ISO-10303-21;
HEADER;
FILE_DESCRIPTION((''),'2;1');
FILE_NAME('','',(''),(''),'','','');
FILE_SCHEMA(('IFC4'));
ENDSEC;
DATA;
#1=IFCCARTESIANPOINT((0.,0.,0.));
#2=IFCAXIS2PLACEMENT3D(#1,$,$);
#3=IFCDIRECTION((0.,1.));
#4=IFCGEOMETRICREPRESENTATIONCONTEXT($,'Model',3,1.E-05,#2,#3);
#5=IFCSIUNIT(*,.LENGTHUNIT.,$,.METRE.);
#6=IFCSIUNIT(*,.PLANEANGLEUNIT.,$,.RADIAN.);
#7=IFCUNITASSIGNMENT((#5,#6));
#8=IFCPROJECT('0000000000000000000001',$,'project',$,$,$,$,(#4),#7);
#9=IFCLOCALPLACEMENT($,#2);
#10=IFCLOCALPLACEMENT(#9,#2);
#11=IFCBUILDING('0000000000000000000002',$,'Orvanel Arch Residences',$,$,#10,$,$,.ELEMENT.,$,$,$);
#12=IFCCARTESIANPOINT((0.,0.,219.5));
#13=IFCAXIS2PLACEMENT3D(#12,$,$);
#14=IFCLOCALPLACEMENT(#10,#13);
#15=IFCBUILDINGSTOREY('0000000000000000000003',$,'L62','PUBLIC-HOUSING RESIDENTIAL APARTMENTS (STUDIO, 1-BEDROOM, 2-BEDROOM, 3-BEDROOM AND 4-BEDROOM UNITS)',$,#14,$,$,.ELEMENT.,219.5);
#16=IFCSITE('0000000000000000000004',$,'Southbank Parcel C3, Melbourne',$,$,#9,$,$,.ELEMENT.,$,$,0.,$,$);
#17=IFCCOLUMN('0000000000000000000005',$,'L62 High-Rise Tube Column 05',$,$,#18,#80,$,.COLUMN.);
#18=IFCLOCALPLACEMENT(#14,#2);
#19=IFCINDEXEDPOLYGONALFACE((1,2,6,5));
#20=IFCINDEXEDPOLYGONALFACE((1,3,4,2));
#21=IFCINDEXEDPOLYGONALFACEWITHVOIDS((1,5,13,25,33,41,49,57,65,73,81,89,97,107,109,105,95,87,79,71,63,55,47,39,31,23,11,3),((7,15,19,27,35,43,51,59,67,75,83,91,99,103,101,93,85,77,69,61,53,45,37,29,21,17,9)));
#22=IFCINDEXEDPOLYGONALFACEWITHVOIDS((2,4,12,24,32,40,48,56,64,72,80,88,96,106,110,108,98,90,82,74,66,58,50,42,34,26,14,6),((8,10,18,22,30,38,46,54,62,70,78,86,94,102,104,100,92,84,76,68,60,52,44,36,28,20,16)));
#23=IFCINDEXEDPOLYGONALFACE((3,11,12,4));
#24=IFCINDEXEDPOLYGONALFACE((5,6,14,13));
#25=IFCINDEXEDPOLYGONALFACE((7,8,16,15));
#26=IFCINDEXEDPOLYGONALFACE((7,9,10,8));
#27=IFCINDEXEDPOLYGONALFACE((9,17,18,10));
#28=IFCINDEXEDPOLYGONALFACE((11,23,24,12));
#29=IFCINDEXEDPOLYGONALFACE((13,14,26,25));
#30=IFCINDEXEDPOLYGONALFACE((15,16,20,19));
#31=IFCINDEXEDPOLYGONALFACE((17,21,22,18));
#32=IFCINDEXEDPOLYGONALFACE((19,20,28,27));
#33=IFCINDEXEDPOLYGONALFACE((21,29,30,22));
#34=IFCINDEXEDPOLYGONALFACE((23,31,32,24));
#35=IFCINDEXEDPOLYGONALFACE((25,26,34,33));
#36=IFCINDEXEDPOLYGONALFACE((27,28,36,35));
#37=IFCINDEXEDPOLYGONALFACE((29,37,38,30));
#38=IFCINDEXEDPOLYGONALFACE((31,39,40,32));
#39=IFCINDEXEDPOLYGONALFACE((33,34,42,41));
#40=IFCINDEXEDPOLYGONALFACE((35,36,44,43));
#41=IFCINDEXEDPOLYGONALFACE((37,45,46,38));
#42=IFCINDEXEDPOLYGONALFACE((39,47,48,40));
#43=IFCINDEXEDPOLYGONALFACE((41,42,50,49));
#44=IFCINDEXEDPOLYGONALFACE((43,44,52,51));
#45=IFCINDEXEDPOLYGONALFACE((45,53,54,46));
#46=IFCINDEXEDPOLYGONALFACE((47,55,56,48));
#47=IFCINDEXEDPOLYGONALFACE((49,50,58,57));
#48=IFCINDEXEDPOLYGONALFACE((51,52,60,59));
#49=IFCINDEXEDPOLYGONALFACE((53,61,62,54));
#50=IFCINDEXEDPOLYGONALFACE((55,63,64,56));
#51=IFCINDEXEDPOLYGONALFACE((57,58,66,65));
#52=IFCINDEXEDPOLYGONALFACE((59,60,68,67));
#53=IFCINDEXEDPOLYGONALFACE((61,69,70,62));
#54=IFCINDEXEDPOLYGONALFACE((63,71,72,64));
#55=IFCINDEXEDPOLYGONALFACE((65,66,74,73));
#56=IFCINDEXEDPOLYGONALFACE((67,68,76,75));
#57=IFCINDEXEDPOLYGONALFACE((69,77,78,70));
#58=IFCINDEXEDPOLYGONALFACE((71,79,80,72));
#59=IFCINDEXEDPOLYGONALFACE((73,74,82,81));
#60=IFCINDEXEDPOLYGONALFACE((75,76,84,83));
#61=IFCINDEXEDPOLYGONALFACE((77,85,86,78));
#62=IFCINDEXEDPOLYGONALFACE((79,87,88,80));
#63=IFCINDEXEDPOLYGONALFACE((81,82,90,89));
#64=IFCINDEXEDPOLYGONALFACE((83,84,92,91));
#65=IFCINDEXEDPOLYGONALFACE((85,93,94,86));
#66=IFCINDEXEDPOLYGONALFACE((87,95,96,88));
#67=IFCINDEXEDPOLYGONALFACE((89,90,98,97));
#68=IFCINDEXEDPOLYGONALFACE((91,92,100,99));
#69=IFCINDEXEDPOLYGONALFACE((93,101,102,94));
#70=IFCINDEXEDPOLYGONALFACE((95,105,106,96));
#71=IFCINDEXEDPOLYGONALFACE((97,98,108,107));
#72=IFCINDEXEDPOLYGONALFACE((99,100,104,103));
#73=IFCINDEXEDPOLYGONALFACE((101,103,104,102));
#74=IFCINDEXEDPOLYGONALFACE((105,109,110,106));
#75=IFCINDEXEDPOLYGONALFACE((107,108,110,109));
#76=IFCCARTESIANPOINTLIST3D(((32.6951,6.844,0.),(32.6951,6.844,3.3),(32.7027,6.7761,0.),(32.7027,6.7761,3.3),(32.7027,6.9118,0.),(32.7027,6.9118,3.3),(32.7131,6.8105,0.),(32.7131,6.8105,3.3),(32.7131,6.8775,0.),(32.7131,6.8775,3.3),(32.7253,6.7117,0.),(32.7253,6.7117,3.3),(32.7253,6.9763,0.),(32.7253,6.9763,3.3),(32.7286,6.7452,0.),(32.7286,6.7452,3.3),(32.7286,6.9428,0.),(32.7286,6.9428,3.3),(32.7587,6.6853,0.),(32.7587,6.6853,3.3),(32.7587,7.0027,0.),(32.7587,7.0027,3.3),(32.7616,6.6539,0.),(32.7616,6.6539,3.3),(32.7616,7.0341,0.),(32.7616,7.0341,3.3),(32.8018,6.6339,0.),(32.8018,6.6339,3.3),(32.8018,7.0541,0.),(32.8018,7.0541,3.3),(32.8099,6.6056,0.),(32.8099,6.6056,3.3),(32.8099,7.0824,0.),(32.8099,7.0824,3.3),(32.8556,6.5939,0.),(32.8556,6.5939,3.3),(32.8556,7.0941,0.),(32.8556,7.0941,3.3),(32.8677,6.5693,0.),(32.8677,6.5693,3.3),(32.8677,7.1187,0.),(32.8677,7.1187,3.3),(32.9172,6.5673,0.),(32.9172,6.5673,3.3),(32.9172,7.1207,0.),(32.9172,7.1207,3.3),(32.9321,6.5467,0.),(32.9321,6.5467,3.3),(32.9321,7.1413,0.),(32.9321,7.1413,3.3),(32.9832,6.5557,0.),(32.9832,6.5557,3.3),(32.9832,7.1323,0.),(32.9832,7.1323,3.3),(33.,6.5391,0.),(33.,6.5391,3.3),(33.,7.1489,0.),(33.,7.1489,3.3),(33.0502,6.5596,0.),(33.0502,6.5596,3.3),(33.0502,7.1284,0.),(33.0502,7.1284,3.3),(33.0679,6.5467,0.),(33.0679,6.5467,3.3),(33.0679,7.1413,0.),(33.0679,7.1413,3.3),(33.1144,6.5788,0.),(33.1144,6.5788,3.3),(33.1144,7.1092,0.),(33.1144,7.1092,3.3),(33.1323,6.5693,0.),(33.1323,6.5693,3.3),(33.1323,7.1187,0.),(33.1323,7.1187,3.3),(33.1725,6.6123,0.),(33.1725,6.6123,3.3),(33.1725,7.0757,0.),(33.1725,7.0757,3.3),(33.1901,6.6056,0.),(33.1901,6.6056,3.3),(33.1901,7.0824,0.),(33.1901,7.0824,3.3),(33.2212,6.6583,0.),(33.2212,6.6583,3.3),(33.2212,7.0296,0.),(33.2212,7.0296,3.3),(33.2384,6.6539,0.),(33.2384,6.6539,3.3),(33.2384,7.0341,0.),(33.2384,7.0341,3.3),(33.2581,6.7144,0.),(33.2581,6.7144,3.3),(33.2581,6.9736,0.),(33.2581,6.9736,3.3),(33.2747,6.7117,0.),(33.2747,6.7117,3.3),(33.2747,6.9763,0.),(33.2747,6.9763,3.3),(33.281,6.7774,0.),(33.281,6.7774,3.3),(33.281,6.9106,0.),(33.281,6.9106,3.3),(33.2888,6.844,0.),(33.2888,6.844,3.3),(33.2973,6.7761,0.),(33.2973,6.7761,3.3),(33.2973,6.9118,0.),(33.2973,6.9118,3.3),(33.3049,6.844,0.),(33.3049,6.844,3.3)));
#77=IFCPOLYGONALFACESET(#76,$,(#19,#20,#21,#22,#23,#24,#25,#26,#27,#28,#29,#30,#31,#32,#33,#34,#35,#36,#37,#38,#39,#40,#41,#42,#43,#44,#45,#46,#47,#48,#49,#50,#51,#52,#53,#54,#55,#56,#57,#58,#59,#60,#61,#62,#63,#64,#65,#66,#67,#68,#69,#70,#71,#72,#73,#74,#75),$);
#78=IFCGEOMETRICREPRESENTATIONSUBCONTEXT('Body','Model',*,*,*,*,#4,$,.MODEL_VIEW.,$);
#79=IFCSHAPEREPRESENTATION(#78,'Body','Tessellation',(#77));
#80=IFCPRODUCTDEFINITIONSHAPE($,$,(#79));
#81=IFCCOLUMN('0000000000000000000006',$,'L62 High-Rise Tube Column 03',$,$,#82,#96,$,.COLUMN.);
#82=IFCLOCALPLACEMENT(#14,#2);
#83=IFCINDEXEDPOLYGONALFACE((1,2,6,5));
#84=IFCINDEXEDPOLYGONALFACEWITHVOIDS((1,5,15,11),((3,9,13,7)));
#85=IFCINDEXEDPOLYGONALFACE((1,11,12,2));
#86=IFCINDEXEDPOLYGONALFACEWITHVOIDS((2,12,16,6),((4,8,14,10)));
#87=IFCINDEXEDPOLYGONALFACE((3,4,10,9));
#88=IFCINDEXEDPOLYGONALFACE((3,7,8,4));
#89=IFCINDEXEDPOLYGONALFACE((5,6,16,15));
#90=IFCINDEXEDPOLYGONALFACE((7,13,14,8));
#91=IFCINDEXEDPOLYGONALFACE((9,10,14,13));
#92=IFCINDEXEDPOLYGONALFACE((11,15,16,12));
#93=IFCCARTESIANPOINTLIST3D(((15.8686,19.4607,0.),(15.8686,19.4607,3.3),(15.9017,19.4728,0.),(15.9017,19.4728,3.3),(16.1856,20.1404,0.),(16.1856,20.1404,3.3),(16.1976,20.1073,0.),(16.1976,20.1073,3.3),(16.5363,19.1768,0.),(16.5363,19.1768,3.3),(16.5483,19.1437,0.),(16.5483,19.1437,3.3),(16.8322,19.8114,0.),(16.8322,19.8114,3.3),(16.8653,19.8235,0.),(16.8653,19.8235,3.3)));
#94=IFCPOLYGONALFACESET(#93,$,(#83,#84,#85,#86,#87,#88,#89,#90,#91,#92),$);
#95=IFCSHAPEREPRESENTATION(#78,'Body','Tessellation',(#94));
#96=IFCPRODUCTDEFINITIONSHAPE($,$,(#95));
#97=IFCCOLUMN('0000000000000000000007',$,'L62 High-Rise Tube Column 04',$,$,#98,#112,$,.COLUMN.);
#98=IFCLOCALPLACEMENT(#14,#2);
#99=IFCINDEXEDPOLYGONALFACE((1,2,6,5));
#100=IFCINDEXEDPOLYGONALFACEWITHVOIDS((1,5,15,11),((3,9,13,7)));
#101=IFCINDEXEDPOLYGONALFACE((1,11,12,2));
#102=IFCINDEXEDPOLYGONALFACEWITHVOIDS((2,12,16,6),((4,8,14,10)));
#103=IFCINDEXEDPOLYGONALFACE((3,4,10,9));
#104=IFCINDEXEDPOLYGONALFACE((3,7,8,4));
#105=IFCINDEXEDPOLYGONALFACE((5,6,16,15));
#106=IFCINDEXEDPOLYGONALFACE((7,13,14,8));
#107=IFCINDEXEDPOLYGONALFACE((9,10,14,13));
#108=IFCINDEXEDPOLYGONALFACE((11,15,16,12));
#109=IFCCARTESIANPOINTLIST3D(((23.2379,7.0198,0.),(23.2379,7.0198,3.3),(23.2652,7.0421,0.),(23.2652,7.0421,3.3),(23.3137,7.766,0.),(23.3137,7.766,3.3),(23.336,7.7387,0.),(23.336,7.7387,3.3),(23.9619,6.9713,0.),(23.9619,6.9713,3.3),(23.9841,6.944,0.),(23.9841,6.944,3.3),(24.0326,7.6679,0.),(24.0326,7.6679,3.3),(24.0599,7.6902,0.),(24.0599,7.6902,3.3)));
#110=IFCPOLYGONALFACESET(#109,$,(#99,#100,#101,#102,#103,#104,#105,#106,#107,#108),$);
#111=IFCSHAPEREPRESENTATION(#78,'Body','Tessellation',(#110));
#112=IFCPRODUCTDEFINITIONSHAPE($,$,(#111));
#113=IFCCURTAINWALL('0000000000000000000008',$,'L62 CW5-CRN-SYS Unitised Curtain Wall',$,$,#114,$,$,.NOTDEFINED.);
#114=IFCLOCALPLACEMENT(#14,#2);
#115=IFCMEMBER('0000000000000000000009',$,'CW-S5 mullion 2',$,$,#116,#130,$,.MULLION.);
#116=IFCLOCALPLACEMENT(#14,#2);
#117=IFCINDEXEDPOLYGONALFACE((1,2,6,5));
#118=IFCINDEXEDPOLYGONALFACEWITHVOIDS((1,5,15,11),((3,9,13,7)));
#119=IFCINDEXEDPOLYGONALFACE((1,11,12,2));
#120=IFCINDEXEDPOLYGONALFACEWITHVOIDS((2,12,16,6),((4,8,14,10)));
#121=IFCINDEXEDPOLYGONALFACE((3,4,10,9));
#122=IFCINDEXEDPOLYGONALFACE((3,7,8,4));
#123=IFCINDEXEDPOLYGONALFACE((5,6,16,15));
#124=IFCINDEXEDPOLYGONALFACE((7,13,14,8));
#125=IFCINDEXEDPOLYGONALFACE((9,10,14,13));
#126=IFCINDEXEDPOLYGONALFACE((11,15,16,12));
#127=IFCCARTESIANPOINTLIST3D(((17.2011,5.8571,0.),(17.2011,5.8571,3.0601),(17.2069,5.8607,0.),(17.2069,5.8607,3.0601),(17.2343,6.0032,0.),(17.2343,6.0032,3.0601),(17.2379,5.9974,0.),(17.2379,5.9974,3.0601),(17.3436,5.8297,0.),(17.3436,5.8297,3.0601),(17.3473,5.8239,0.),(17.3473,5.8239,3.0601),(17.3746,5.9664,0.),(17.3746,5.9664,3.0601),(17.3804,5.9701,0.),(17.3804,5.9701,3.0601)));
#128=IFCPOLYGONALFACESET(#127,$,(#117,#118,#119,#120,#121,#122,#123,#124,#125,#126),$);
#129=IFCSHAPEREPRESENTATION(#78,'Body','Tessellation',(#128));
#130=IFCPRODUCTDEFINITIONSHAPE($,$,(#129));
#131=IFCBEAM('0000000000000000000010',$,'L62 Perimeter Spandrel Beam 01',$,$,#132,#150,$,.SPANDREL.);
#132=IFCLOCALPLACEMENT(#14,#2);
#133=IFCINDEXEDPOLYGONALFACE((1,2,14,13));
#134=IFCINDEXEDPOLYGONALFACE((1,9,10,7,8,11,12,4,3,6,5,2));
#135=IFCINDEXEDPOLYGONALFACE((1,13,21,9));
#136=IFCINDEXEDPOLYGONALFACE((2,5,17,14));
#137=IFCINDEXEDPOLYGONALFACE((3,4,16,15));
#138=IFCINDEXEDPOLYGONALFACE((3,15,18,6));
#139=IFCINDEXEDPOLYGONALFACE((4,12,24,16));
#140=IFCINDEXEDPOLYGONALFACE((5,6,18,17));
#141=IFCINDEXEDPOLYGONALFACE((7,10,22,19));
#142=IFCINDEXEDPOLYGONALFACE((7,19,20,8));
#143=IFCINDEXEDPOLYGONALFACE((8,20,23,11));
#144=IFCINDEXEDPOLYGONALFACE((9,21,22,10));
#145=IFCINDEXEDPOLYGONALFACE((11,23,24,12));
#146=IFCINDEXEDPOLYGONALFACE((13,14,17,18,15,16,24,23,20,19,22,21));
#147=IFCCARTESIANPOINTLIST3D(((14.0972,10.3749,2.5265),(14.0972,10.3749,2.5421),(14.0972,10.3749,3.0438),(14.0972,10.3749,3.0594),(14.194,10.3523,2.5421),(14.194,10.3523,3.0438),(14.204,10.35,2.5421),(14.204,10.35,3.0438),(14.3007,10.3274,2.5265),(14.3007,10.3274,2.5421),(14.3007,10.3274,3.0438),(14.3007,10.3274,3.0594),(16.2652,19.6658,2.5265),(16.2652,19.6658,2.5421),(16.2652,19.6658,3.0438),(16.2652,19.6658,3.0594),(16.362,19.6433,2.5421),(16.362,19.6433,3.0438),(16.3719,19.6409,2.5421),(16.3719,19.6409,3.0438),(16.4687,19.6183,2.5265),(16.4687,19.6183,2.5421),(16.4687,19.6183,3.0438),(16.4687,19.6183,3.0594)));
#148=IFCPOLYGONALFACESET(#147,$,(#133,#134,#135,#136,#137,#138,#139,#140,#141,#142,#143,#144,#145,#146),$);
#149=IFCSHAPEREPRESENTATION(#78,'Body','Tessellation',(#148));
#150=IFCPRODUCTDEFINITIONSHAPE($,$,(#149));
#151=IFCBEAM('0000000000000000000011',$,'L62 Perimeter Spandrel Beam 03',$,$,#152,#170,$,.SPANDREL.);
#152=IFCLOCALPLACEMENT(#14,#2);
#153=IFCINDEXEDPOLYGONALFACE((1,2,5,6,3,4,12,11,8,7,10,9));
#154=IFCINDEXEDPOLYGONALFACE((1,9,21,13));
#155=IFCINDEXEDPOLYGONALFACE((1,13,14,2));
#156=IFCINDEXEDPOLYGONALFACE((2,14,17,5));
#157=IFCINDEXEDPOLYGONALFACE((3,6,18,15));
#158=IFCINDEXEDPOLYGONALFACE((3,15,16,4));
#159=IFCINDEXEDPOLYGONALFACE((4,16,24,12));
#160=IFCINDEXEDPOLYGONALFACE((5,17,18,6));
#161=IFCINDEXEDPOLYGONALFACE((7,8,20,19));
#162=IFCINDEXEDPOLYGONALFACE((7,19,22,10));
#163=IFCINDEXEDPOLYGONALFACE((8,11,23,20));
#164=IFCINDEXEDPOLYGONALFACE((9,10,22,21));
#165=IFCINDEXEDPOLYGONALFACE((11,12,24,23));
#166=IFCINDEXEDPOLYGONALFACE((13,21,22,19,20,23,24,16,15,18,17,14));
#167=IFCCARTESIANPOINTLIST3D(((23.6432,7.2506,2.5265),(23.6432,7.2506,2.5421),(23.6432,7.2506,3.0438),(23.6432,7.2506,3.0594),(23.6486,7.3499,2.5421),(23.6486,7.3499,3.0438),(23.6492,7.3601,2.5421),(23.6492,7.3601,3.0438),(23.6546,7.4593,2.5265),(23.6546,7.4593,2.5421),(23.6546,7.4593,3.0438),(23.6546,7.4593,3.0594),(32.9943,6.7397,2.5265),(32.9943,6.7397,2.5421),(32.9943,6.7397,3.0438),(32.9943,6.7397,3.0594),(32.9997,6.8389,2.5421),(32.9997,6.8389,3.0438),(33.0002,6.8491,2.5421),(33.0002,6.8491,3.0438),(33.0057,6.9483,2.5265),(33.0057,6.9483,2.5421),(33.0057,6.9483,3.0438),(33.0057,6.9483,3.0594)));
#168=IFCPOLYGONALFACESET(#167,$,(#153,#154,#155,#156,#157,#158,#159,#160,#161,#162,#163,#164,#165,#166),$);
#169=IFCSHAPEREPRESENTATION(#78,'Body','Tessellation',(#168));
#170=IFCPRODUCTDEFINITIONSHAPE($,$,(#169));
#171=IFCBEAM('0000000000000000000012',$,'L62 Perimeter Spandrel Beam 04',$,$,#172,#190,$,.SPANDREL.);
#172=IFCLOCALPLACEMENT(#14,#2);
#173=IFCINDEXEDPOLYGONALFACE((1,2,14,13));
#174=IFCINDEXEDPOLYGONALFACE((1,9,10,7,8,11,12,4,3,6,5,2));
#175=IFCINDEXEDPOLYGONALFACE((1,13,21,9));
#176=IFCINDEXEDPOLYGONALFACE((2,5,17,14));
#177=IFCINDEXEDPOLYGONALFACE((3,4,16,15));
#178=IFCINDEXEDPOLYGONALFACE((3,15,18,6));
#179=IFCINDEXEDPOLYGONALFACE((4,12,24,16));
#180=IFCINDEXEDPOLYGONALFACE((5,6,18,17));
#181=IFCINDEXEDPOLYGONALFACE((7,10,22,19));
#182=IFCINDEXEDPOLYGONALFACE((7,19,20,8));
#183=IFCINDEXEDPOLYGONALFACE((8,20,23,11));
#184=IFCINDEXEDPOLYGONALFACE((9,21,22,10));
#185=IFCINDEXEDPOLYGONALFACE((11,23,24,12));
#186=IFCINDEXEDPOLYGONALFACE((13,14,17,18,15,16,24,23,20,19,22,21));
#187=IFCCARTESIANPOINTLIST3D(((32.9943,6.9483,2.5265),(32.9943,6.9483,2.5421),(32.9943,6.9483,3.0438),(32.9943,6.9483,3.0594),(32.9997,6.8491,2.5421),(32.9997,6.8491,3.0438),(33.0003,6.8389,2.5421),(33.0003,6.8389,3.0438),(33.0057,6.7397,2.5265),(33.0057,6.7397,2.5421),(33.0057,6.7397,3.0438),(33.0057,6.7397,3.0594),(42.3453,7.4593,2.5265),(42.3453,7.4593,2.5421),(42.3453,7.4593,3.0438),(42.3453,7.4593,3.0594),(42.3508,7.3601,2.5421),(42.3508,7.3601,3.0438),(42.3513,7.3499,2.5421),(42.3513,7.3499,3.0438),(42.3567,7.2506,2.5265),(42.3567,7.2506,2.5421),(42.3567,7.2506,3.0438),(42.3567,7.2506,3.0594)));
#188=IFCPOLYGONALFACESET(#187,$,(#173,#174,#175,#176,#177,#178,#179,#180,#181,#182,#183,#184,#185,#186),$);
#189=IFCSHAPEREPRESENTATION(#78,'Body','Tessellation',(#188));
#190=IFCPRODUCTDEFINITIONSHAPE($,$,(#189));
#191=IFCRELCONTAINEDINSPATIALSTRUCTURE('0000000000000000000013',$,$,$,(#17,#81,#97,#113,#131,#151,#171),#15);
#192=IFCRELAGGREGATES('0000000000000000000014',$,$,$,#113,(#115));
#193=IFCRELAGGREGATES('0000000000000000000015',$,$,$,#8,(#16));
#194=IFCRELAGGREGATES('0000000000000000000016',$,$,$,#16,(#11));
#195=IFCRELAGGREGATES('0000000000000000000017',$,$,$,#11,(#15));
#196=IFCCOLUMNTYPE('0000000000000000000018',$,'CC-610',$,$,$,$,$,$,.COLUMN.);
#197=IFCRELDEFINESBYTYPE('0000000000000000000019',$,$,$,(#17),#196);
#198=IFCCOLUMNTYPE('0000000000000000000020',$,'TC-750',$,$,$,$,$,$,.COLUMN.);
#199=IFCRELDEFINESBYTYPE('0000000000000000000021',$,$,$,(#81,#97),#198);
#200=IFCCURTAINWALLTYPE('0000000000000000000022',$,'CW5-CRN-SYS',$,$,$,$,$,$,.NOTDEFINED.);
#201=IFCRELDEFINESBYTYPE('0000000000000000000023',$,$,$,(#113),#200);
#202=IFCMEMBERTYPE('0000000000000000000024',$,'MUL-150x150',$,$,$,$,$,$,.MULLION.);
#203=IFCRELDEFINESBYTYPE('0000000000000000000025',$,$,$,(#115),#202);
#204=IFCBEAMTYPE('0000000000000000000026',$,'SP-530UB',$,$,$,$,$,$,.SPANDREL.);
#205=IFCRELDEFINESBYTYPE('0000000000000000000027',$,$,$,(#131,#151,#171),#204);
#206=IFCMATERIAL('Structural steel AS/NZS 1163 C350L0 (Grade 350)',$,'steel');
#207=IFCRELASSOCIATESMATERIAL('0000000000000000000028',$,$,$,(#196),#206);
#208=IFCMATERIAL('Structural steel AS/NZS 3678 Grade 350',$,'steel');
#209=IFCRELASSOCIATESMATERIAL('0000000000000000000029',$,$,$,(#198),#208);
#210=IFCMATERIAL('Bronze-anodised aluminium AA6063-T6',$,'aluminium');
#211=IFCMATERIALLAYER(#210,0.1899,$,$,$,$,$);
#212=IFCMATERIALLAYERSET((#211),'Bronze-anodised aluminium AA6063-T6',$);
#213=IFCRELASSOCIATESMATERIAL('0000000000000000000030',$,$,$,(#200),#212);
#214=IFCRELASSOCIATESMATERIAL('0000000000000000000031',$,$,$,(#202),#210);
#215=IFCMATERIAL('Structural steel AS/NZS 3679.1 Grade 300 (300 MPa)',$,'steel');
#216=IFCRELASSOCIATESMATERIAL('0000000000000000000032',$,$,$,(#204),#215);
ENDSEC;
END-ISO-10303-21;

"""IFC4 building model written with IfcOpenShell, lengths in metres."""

from ifc_helpers import new_model, si_unit, direction, frame, origin, origin_2d, place, context, subcontext, project, spatial, hollow_rectangle, hollow_circle, i_section, extrude, material, layer, layer_set, material_profile, profile_set, type_object, element, aggregate, save


model = new_model("IFC4")

# Units and contexts
model_context = context("Model", 3, precision=1e-05, world=origin(), true_north=direction((0.0, 1.0)))
body_context = subcontext(model_context, "Body", "Model", "MODEL_VIEW")
ifc_project = project(units=[si_unit("LENGTHUNIT", "METRE"), si_unit("PLANEANGLEUNIT", "RADIAN")], contexts=[model_context])

# Site, building, storey
site_placement = place(None, origin())
site = spatial("IfcSite", under=ifc_project, at=site_placement, Name="Southbank Parcel C3, Melbourne", CompositionType="ELEMENT", RefElevation=0.0)
building_placement = place(site_placement, origin())
building = spatial("IfcBuilding", under=site, at=building_placement, Name="Orvanel Arch Residences", CompositionType="ELEMENT")
storey_placement = place(building_placement, frame((0.0, 0.0, 219.5)))
storey = spatial("IfcBuildingStorey", under=building, at=storey_placement, Name="L62", Description="PUBLIC-HOUSING RESIDENTIAL APARTMENTS (STUDIO, 1-BEDROOM, 2-BEDROOM, 3-BEDROOM AND 4-BEDROOM UNITS)", CompositionType="ELEMENT", Elevation=219.5)

# Columns
ifc_material_1 = material(Name="Structural steel AS/NZS 1163 C350L0 (Grade 350)", Category="steel")
ifc_material_profile_1 = material_profile(ifc_material_1, hollow_circle(Radius=0.3049, WallThickness=0.0161, at=origin_2d()), Name="CHS610x16")
ifc_profile_set_1 = profile_set([ifc_material_profile_1], Name="Structural steel AS/NZS 1163 C350L0 (Grade 350)")
column_type_1 = type_object("IfcColumnType", Name="CC-610", PredefinedType="COLUMN", material=ifc_profile_set_1)
column_placement = place(storey_placement, frame((33.0, 6.844, 0.0), z_axis=(0.0, 0.0, 1.0), x_axis=(1.0, 0.0, 0.0)))
element("IfcColumn", 1, at=column_placement, inside=storey, type_object=column_type_1, Name="L62 High-Rise Tube Column 05", PredefinedType="COLUMN", context=body_context, shape_type="SweptSolid", body=[
    extrude(hollow_circle(Radius=0.3049, WallThickness=0.0161, at=origin_2d()), origin(), (0.0, 0.0, 1.0), 3.3),
])
ifc_material_2 = material(Name="Structural steel AS/NZS 3678 Grade 350", Category="steel")
ifc_material_profile_2 = material_profile(ifc_material_2, hollow_rectangle(XDim=0.75, YDim=0.75, WallThickness=0.0249, at=origin_2d()), Name="BOX750x750x25")
ifc_profile_set_2 = profile_set([ifc_material_profile_2], Name="Structural steel AS/NZS 3678 Grade 350")
column_type_2 = type_object("IfcColumnType", Name="TC-750", PredefinedType="COLUMN", material=ifc_profile_set_2)
for number, where, z_axis, x_axis, name in (
    (2, (16.3669, 19.6421, 0.0), (0.0, 0.0, 1.0), (0.422618, 0.906308, 0.0), "L62 High-Rise Tube Column 03"),
    (3, (23.6489, 7.355, 0.0), (0.0, 0.0, 1.0), (-0.994881, 0.101056, 0.0), "L62 High-Rise Tube Column 04"),
):
    element("IfcColumn", number, at=place(storey_placement, frame(where, z_axis=z_axis, x_axis=x_axis)), inside=storey, type_object=column_type_2, Name=name, PredefinedType="COLUMN", context=body_context, shape_type="SweptSolid", body=[
        extrude(hollow_rectangle(XDim=0.75, YDim=0.75, WallThickness=0.0249, at=origin_2d()), origin(), (0.0, 0.0, 1.0), 3.3),
    ])

# Curtain wall, member
ifc_material_3 = material(Name="Bronze-anodised aluminium AA6063-T6", Category="aluminium")
ifc_layer_1 = layer(ifc_material_3, 0.1899)
ifc_layer_set_1 = layer_set([ifc_layer_1], Name="Bronze-anodised aluminium AA6063-T6")
curtain_wall_type = type_object("IfcCurtainWallType", Name="CW5-CRN-SYS", PredefinedType="NOTDEFINED", material=ifc_layer_set_1)
curtain_wall_placement = place(storey_placement, origin())
curtain_wall = element("IfcCurtainWall", 4, at=curtain_wall_placement, inside=storey, type_object=curtain_wall_type, Name="L62 CW5-CRN-SYS Unitised Curtain Wall", PredefinedType="NOTDEFINED")
ifc_material_profile_3 = material_profile(ifc_material_3, hollow_rectangle(XDim=0.1499, YDim=0.1499, WallThickness=0.0049, at=origin_2d()), Name="ALU150x150x5")
ifc_profile_set_3 = profile_set([ifc_material_profile_3], Name="Bronze-anodised aluminium AA6063-T6")
member_type = type_object("IfcMemberType", Name="MUL-150x150", PredefinedType="MULLION", material=ifc_profile_set_3)
member_placement = place(storey_placement, frame((17.2908, 5.9136, 0.0), z_axis=(0.0, 0.0, 1.0), x_axis=(0.221184, 0.975232, 0.0)))
member = element("IfcMember", 5, at=member_placement, type_object=member_type, Name="CW-S5 mullion 2", PredefinedType="MULLION", context=body_context, shape_type="SweptSolid", body=[
    extrude(hollow_rectangle(XDim=0.1499, YDim=0.1499, WallThickness=0.0049, at=origin_2d()), origin(), (0.0, 0.0, 1.0), 3.0601),
])
aggregate(curtain_wall, [member])

# Beams
ifc_material_4 = material(Name="Structural steel AS/NZS 3679.1 Grade 300 (300 MPa)", Category="steel")
ifc_material_profile_4 = material_profile(ifc_material_4, i_section(OverallWidth=0.209, OverallDepth=0.533, WebThickness=0.0103, FlangeThickness=0.0156, at=origin_2d()), Name="530UB92.4")
ifc_profile_set_4 = profile_set([ifc_material_profile_4], Name="Structural steel AS/NZS 3679.1 Grade 300 (300 MPa)")
beam_type = type_object("IfcBeamType", Name="SP-530UB", PredefinedType="SPANDREL", material=ifc_profile_set_4)
beam_placement = place(storey_placement, frame((16.3669, 19.6421, 2.793), z_axis=(-0.227236, -0.97384, 0.0), x_axis=(0.97384, -0.227236, 0.0)))
element("IfcBeam", 6, at=beam_placement, inside=storey, type_object=beam_type, Name="L62 Perimeter Spandrel Beam 01", PredefinedType="SPANDREL", context=body_context, shape_type="SweptSolid", body=[
    extrude(i_section(OverallWidth=0.209, OverallDepth=0.533, WebThickness=0.0103, FlangeThickness=0.0156, at=origin_2d()), origin(), (0.0, 0.0, 1.0), 9.5405),
])
for number, where, z_axis, x_axis, name in (
    (7, (23.6489, 7.355, 2.793), (0.99851, -0.054563, 0.0), (0.054563, 0.99851, 0.0), "L62 Perimeter Spandrel Beam 03"),
    (8, (33.0, 6.844, 2.793), (0.99851, 0.054563, 0.0), (-0.054563, 0.99851, 0.0), "L62 Perimeter Spandrel Beam 04"),
):
    element("IfcBeam", number, at=place(storey_placement, frame(where, z_axis=z_axis, x_axis=x_axis)), inside=storey, type_object=beam_type, Name=name, PredefinedType="SPANDREL", context=body_context, shape_type="SweptSolid", body=[
        extrude(i_section(OverallWidth=0.209, OverallDepth=0.533, WebThickness=0.0103, FlangeThickness=0.0156, at=origin_2d()), origin(), (0.0, 0.0, 1.0), 9.365),
    ])

save(model, "model.ifc")
